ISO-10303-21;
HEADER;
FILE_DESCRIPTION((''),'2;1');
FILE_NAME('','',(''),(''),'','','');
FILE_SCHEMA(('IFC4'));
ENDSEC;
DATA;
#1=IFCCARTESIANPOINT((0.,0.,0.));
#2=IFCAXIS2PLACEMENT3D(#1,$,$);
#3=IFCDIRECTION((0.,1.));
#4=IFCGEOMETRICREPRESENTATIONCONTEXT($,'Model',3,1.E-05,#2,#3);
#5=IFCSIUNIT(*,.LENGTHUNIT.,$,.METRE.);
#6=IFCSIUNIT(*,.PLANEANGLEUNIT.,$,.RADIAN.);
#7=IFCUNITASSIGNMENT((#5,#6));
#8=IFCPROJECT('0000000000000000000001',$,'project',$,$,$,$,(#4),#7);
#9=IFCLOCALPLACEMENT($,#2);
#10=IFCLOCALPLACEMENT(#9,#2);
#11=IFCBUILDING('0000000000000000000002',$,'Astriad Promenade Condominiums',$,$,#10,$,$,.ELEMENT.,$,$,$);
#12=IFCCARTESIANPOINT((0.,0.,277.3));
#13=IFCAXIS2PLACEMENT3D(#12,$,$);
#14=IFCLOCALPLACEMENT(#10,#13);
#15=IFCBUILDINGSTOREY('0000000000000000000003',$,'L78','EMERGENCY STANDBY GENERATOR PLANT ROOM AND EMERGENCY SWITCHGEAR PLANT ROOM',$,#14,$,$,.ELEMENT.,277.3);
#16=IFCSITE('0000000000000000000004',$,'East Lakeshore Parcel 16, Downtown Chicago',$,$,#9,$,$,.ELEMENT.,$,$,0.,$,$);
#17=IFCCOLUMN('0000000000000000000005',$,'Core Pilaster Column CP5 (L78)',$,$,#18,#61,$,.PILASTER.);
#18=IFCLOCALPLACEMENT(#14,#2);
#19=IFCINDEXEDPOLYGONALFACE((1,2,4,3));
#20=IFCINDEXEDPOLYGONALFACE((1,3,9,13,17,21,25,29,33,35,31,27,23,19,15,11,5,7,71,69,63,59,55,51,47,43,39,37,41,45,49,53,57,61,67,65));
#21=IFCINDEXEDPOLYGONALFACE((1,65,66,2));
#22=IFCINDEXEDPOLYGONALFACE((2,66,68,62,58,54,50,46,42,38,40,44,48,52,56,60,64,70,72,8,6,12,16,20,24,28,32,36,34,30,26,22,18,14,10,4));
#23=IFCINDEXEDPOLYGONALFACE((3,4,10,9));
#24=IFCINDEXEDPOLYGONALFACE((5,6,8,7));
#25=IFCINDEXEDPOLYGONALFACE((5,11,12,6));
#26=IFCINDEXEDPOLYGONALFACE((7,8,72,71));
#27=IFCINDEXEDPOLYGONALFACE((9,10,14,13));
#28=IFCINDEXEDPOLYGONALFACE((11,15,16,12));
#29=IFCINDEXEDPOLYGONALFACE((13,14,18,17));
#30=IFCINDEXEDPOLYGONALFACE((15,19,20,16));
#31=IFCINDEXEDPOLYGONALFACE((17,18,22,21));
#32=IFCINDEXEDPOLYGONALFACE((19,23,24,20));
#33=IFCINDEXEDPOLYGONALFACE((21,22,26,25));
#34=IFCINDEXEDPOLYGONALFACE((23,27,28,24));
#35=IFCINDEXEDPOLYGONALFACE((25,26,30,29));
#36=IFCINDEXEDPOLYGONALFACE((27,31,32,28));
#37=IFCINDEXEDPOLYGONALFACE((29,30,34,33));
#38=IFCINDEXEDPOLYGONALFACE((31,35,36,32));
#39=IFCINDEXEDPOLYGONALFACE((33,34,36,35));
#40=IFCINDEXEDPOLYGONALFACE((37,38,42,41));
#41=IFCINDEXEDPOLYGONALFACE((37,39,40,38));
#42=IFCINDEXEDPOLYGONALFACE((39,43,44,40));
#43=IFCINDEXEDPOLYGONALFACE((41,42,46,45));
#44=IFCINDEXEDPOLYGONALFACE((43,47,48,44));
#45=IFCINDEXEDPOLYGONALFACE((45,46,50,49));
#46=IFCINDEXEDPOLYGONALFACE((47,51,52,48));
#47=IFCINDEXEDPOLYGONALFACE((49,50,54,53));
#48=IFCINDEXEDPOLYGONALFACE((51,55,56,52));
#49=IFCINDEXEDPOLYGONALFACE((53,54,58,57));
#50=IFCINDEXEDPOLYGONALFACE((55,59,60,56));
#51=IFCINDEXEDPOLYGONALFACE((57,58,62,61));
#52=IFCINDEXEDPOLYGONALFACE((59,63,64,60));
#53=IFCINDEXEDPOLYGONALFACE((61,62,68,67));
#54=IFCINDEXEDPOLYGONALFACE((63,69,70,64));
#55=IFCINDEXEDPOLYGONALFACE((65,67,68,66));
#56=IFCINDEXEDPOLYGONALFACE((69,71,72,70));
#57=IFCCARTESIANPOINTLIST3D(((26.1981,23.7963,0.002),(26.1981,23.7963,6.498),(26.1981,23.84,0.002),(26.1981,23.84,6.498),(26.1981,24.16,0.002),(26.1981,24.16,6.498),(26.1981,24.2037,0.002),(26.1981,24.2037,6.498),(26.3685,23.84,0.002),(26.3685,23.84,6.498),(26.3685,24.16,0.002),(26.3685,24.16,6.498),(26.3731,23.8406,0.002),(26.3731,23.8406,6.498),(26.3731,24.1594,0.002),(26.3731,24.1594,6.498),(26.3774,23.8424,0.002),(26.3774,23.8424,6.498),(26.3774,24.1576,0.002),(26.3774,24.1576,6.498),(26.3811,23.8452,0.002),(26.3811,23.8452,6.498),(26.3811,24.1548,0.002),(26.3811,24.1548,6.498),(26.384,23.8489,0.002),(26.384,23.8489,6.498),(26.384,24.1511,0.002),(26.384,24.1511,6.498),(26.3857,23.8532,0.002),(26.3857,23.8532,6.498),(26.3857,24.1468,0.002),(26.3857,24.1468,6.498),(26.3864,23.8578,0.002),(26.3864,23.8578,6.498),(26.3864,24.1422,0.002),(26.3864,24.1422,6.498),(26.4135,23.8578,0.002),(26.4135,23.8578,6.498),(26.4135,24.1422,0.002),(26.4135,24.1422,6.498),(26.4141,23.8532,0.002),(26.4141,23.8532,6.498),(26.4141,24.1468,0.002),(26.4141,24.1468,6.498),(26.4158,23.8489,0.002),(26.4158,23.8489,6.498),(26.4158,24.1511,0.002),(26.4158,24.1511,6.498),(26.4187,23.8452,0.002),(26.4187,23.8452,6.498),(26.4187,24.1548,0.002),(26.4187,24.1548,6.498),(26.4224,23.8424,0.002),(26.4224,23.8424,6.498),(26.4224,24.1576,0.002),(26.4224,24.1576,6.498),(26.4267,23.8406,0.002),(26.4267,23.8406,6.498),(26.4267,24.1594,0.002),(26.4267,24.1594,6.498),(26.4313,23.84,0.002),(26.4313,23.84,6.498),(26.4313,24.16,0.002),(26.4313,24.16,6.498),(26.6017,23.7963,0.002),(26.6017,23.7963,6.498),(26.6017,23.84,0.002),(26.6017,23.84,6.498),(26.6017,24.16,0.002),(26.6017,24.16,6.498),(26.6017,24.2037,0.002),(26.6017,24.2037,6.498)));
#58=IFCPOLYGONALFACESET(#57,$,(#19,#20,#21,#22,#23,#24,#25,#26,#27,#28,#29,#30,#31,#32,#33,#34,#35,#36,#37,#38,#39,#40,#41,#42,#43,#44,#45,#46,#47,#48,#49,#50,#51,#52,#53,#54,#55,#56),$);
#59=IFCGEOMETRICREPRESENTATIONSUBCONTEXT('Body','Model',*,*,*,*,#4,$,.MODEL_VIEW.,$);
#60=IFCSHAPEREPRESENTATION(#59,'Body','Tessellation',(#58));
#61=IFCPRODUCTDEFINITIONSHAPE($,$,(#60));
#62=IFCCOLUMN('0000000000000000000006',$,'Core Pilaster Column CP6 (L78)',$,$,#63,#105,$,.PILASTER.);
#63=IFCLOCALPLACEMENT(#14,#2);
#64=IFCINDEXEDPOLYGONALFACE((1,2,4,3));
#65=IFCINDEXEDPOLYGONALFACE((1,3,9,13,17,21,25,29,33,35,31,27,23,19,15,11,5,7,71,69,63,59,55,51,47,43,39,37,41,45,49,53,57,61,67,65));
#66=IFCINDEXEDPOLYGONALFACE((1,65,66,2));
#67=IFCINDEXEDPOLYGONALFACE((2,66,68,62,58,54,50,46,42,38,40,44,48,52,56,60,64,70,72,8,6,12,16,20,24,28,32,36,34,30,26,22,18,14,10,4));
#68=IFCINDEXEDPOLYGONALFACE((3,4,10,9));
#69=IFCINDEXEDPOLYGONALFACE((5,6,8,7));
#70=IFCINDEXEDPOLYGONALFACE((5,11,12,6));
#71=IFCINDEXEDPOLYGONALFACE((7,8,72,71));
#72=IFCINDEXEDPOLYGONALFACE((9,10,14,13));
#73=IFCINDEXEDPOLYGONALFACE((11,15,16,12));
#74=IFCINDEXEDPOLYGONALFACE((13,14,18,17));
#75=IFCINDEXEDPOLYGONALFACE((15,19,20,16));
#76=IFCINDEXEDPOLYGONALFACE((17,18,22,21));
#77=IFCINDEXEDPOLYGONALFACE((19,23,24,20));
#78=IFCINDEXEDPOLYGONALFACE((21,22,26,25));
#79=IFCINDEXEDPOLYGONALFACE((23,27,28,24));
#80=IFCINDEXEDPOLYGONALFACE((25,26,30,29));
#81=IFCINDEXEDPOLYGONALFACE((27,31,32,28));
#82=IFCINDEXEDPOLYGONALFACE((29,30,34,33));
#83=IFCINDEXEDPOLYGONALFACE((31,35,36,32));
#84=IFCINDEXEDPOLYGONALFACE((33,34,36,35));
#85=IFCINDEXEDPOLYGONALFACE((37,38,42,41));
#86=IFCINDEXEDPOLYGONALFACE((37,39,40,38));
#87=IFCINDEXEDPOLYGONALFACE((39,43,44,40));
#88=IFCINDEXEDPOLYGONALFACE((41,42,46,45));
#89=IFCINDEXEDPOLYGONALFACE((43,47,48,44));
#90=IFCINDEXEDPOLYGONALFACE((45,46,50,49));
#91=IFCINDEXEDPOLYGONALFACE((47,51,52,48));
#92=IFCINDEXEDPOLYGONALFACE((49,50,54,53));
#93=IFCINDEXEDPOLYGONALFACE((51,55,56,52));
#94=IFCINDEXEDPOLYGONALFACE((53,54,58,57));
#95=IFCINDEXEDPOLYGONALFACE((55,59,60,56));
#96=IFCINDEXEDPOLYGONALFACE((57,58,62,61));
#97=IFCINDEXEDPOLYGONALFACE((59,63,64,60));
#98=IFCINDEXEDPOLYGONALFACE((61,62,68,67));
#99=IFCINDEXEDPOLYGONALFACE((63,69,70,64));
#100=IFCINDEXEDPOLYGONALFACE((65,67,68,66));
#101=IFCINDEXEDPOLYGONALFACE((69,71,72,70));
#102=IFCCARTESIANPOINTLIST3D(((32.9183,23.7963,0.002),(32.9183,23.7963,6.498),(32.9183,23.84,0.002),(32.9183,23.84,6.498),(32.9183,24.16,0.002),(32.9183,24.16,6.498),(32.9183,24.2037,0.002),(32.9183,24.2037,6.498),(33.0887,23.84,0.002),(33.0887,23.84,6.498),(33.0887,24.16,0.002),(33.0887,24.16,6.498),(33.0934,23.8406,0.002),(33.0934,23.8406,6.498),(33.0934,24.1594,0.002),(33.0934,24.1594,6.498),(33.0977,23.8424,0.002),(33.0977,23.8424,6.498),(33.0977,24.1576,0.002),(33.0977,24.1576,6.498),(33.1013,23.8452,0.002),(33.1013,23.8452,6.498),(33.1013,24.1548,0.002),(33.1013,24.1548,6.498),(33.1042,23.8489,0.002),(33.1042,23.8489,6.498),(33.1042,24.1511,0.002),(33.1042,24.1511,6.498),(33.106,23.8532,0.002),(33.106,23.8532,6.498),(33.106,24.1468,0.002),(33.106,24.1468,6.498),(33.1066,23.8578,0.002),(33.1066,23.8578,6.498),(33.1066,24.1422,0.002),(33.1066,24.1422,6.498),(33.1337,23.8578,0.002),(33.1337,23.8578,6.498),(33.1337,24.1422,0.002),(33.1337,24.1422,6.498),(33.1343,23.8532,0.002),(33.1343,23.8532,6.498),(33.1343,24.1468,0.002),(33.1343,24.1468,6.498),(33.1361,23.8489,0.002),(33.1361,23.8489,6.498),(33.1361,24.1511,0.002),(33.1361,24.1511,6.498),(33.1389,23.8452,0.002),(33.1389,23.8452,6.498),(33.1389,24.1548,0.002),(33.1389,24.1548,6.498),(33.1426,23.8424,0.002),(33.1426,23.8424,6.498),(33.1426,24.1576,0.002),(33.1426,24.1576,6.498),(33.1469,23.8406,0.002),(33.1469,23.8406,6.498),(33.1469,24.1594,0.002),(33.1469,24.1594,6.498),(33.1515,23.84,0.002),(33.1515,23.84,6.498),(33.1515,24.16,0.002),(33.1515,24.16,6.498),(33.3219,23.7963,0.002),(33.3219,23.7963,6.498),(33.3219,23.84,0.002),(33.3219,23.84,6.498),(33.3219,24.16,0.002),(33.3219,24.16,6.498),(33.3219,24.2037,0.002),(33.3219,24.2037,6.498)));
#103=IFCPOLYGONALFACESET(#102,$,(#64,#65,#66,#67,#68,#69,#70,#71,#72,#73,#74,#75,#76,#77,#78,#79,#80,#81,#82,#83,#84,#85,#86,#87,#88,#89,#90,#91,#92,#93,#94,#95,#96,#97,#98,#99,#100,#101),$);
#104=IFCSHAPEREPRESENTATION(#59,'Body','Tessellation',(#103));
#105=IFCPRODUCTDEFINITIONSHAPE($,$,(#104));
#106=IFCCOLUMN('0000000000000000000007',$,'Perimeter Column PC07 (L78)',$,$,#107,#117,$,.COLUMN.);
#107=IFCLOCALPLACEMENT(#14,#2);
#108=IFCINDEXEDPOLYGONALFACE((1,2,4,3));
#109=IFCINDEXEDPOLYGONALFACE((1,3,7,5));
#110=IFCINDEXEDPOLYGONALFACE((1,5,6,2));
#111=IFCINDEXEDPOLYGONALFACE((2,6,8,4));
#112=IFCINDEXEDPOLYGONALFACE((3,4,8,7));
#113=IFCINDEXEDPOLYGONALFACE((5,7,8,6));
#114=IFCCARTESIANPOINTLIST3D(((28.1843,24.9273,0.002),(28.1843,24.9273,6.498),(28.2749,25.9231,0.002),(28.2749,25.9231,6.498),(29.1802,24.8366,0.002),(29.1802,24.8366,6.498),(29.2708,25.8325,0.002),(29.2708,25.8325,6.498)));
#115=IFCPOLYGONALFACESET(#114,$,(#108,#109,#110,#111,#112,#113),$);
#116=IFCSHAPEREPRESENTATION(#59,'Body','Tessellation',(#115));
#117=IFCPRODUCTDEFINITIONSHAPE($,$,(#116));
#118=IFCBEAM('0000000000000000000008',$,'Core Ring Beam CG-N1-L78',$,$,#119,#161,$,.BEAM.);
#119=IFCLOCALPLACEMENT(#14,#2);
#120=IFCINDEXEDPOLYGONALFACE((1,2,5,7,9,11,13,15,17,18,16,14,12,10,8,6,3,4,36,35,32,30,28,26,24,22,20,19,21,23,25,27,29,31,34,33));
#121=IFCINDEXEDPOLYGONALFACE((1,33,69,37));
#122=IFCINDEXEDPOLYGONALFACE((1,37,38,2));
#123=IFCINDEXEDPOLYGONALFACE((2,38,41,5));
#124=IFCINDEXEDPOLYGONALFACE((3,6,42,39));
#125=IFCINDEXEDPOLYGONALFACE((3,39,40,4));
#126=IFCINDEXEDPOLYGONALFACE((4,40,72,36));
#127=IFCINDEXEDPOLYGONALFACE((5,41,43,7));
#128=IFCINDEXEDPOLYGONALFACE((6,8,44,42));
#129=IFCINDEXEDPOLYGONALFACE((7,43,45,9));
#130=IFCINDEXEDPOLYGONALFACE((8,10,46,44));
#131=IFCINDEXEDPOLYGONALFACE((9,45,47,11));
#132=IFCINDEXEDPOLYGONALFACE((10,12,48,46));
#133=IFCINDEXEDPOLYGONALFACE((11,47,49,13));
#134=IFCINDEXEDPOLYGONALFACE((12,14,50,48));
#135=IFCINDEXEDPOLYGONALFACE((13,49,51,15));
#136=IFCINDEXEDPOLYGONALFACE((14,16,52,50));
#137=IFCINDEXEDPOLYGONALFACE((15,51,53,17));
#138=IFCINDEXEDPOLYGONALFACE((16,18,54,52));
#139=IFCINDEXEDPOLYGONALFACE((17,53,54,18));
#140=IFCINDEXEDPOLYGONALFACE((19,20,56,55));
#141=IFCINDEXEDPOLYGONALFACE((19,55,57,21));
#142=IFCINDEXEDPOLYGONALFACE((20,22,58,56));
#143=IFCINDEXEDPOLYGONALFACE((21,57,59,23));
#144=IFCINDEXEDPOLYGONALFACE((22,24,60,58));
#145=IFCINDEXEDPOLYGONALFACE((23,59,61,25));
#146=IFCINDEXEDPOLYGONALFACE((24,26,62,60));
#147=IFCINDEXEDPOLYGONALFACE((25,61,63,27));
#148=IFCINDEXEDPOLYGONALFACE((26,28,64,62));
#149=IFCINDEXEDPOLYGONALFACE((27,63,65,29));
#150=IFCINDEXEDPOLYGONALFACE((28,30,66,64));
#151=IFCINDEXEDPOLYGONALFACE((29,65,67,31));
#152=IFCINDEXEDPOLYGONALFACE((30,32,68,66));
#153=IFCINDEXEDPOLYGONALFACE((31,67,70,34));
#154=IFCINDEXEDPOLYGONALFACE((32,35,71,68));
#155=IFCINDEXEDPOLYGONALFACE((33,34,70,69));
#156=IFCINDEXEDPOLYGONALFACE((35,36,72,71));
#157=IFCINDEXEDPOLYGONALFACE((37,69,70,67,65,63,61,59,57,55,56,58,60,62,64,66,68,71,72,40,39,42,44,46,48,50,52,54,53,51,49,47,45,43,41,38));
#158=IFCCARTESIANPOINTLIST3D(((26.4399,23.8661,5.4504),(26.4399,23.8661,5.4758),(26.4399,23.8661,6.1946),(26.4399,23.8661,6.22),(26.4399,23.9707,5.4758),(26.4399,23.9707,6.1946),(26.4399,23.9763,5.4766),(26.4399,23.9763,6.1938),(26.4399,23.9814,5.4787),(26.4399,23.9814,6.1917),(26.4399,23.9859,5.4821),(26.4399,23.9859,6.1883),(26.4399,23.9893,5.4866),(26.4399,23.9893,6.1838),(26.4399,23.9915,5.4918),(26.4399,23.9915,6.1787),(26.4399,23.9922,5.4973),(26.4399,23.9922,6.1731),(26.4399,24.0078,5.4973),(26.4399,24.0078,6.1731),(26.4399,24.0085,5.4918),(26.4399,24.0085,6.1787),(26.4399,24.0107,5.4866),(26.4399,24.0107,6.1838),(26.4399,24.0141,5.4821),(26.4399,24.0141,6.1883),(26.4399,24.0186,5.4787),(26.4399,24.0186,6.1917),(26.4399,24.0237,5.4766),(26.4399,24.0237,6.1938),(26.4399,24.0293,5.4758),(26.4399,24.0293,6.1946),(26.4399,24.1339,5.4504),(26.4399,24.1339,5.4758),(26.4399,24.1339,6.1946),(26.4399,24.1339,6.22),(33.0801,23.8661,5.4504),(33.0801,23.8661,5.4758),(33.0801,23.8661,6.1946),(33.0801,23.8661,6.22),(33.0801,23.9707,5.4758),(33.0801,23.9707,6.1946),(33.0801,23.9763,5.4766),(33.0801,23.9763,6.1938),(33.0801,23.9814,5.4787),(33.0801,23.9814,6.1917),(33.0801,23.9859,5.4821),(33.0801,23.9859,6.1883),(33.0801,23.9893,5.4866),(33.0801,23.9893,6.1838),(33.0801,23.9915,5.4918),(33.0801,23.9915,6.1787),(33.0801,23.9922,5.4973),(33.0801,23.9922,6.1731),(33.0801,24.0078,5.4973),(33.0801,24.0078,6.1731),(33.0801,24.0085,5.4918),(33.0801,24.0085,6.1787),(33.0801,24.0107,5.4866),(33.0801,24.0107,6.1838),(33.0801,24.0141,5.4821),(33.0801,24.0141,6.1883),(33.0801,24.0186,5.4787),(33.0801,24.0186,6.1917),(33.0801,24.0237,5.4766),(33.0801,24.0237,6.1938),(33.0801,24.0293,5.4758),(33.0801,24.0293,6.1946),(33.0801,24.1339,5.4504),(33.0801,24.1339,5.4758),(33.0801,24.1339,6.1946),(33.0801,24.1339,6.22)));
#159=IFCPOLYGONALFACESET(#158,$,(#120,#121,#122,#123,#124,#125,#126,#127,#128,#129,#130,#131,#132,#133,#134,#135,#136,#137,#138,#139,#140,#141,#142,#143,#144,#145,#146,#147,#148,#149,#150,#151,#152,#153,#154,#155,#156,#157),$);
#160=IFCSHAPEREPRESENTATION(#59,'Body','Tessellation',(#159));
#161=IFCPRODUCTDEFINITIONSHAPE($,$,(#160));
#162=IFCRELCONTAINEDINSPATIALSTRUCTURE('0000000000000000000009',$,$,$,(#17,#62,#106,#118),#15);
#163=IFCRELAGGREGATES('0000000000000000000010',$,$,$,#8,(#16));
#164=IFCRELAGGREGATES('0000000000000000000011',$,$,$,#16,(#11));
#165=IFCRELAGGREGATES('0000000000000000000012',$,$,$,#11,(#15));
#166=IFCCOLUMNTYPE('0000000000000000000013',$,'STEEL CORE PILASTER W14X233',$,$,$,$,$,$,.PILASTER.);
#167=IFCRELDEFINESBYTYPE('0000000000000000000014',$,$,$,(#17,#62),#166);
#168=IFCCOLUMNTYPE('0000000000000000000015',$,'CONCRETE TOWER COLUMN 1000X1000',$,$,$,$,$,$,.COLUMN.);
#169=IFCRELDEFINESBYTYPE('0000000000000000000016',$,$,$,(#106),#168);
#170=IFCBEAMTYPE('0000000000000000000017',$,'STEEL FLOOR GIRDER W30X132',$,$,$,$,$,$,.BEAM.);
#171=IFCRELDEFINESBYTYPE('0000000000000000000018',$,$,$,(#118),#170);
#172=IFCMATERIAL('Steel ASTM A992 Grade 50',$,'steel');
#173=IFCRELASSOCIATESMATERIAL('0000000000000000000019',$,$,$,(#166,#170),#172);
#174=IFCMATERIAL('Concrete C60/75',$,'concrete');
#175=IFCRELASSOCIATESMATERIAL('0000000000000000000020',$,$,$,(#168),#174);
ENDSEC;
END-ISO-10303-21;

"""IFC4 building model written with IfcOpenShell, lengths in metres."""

from ifc_helpers import new_model, si_unit, direction, frame, origin, origin_2d, place, context, subcontext, project, spatial, rectangle, i_section, extrude, source, transform, mapped, material, material_profile, profile_set, type_object, type_shapes, element, save


model = new_model("IFC4")

# Units and contexts
model_context = context("Model", 3, precision=1e-05, world=origin(), true_north=direction((0.0, 1.0)))
body_context = subcontext(model_context, "Body", "Model", "MODEL_VIEW")
ifc_project = project(units=[si_unit("LENGTHUNIT", "METRE"), si_unit("PLANEANGLEUNIT", "RADIAN")], contexts=[model_context])

# Site, building, storey
site_placement = place(None, origin())
site = spatial("IfcSite", under=ifc_project, at=site_placement, Name="East Lakeshore Parcel 16, Downtown Chicago", CompositionType="ELEMENT", RefElevation=0.0)
building_placement = place(site_placement, origin())
building = spatial("IfcBuilding", under=site, at=building_placement, Name="Astriad Promenade Condominiums", CompositionType="ELEMENT")
storey_placement = place(building_placement, frame((0.0, 0.0, 277.3)))
storey = spatial("IfcBuildingStorey", under=building, at=storey_placement, Name="L78", Description="EMERGENCY STANDBY GENERATOR PLANT ROOM AND EMERGENCY SWITCHGEAR PLANT ROOM", CompositionType="ELEMENT", Elevation=277.3)

# Columns
ifc_material_1 = material(Name="Steel ASTM A992 Grade 50", Category="steel")
ifc_material_profile_1 = material_profile(ifc_material_1, i_section(OverallWidth=0.4036, OverallDepth=0.4075, WebThickness=0.0271, FlangeThickness=0.0437, FilletRadius=0.0178, at=origin_2d()), Name="W14X233")
ifc_profile_set_1 = profile_set([ifc_material_profile_1], Name="Steel ASTM A992 Grade 50")
column_type_1 = type_object("IfcColumnType", Name="STEEL CORE PILASTER W14X233", PredefinedType="PILASTER", material=ifc_profile_set_1)
shared_shape_1 = source(origin(), body_context, "Body", "SweptSolid", [
    extrude(i_section(OverallWidth=0.4036, OverallDepth=0.4075, WebThickness=0.0271, FlangeThickness=0.0437, FilletRadius=0.0178, at=origin_2d()), origin(), (0.0, 0.0, 1.0), 6.4961),
])
type_shapes(column_type_1, [shared_shape_1])
for number, where, z_axis, x_axis, name in (
    (1, (26.3999, 24.0, 0.002), (0.0, 0.0, 1.0), (1.0, 0.0, 0.0), "Core Pilaster Column CP5 (L78)"),
    (2, (33.1201, 24.0, 0.002), (0.0, 0.0, 1.0), (1.0, 0.0, 0.0), "Core Pilaster Column CP6 (L78)"),
):
    element("IfcColumn", number, at=place(storey_placement, frame(where, z_axis=z_axis, x_axis=x_axis)), inside=storey, type_object=column_type_1, Name=name, PredefinedType="PILASTER", context=body_context, shape_type="MappedRepresentation", body=[
        mapped(shared_shape_1, transform((0.0, 0.0, 0.0), scale=1.0)),
    ])
ifc_material_2 = material(Name="Concrete C60/75", Category="concrete")
ifc_material_profile_2 = material_profile(ifc_material_2, rectangle(XDim=1.0, YDim=1.0, at=origin_2d()), Name="RC-COL-1000X1000")
ifc_profile_set_2 = profile_set([ifc_material_profile_2], Name="Concrete C60/75")
column_type_2 = type_object("IfcColumnType", Name="CONCRETE TOWER COLUMN 1000X1000", PredefinedType="COLUMN", material=ifc_profile_set_2)
shared_shape_2 = source(origin(), body_context, "Body", "SweptSolid", [
    extrude(rectangle(XDim=1.0, YDim=1.0, at=origin_2d()), origin(), (0.0, 0.0, 1.0), 6.4961),
])
type_shapes(column_type_2, [shared_shape_2])
column_placement = place(storey_placement, frame((28.7275, 25.3799, 0.002), z_axis=(0.0, 0.0, 1.0), x_axis=(0.995884, -0.090633, 0.0)))
element("IfcColumn", 3, at=column_placement, inside=storey, type_object=column_type_2, Name="Perimeter Column PC07 (L78)", PredefinedType="COLUMN", context=body_context, shape_type="MappedRepresentation", body=[
    mapped(shared_shape_2, transform((0.0, 0.0, 0.0), scale=1.0)),
])

# Beam
ifc_material_profile_3 = material_profile(ifc_material_1, i_section(OverallWidth=0.2678, OverallDepth=0.7695, WebThickness=0.0156, FlangeThickness=0.0254, FilletRadius=0.0215, at=origin_2d()), Name="W30X132")
ifc_profile_set_3 = profile_set([ifc_material_profile_3], Name="Steel ASTM A992 Grade 50")
beam_type_1 = type_object("IfcBeamType", Name="STEEL FLOOR GIRDER W30X132", PredefinedType="BEAM", material=ifc_profile_set_3)
shared_shape_3 = source(origin(), body_context, "Body", "SweptSolid", [
    extrude(i_section(OverallWidth=0.2678, OverallDepth=0.7695, WebThickness=0.0156, FlangeThickness=0.0254, FilletRadius=0.0215, at=origin_2d()), origin(), (0.0, 0.0, 1.0), 6.6401),
])
type_shapes(beam_type_1, [shared_shape_3])
beam_1_placement = place(storey_placement, frame((26.4399, 24.0, 5.8352), z_axis=(1.0, 0.0, 0.0), x_axis=(0.0, 1.0, 0.0)))
element("IfcBeam", 4, at=beam_1_placement, inside=storey, type_object=beam_type_1, Name="Core Ring Beam CG-N1-L78", PredefinedType="BEAM", context=body_context, shape_type="MappedRepresentation", body=[
    mapped(shared_shape_3, transform((0.0, 0.0, 0.0), scale=1.0)),
])

save(model, "model.ifc")
